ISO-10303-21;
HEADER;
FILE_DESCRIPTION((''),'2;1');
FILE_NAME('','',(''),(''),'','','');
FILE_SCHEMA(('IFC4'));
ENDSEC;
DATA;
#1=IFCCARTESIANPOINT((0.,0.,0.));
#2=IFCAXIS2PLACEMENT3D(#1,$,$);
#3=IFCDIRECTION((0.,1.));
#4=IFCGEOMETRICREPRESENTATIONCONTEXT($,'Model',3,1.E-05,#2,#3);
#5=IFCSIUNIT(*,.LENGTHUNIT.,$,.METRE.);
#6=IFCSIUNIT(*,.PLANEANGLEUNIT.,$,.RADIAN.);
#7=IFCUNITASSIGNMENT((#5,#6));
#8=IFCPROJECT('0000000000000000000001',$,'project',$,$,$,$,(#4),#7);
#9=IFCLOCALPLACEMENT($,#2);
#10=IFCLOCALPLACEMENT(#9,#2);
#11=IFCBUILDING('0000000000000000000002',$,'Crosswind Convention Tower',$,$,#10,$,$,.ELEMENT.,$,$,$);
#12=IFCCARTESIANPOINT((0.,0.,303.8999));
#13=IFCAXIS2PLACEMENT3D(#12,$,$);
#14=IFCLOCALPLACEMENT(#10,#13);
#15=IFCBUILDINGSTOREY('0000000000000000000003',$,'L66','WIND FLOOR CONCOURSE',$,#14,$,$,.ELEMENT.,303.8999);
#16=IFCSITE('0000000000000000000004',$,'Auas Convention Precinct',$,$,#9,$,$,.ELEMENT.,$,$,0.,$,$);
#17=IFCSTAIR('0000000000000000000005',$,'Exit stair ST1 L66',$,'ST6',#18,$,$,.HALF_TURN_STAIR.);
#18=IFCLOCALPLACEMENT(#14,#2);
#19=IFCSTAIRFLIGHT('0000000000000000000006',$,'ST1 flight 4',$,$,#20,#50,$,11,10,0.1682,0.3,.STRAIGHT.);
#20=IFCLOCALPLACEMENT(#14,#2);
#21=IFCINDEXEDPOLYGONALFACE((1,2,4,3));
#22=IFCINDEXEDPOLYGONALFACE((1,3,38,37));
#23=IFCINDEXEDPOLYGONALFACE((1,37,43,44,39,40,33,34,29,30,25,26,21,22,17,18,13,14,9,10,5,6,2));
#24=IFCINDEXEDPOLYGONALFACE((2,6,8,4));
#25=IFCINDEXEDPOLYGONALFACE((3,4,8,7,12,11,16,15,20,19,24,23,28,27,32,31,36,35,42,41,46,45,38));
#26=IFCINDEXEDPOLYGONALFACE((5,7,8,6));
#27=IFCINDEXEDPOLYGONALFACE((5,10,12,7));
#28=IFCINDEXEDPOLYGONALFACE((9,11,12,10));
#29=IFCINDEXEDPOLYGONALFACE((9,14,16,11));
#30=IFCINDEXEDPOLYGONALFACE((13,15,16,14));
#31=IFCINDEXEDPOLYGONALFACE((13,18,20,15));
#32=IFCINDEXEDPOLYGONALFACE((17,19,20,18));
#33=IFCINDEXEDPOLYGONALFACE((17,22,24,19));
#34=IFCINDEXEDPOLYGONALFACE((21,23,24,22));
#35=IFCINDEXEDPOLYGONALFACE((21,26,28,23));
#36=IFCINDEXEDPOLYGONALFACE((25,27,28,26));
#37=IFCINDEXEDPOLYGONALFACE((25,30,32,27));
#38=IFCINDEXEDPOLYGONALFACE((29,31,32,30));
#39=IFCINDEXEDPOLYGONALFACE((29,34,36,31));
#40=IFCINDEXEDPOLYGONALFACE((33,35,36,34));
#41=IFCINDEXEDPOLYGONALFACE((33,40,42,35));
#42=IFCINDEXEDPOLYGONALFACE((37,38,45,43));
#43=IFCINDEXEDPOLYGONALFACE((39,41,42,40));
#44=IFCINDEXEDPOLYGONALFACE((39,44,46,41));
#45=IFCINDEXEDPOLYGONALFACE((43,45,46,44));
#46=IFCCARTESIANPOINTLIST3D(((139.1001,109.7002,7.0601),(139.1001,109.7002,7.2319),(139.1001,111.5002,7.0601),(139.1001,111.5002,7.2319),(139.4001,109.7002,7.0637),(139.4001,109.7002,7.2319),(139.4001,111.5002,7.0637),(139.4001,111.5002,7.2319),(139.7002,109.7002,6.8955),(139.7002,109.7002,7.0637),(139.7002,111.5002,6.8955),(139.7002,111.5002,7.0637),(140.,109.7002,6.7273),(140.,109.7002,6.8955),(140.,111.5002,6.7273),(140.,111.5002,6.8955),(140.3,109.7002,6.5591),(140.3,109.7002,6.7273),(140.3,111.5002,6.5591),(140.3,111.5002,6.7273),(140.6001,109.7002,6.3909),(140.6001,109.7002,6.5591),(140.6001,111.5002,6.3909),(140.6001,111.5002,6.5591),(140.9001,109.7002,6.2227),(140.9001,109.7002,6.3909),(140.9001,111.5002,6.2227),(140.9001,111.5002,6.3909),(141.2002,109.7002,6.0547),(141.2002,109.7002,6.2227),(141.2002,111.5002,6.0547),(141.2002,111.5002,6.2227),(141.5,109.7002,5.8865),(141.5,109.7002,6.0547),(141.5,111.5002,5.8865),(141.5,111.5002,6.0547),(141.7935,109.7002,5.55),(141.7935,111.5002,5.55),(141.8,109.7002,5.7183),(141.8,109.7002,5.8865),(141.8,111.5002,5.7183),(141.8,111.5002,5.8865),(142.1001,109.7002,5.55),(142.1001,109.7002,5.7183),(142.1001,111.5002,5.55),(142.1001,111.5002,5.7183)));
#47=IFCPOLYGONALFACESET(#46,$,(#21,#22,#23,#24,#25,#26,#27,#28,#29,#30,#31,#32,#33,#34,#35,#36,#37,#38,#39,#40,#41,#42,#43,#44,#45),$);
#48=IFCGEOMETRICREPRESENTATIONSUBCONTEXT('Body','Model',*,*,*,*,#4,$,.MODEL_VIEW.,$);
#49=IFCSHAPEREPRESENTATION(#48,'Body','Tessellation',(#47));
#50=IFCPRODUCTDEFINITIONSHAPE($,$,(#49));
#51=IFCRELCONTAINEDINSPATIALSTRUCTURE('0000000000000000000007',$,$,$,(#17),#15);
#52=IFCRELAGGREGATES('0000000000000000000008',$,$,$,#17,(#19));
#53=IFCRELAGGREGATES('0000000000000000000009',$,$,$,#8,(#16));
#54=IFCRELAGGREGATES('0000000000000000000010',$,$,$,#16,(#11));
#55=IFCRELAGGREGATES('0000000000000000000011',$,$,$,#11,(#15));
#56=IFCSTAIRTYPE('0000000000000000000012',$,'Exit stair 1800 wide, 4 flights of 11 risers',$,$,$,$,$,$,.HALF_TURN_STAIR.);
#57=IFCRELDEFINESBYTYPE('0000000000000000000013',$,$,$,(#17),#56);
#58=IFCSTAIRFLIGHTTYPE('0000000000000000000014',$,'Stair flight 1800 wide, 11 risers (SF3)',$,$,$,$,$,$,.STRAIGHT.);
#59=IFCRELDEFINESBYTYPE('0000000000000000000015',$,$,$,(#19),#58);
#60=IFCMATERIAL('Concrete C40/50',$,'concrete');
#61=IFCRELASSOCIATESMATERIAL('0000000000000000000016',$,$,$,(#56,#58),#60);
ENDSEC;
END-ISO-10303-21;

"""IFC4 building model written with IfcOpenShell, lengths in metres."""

from ifc_helpers import new_model, si_unit, direction, frame, origin, place, context, subcontext, project, spatial, polyline, outline, extrude, material, type_object, element, aggregate, save


model = new_model("IFC4")

# Units and contexts
model_context = context("Model", 3, precision=1e-05, world=origin(), true_north=direction((0.0, 1.0)))
body_context = subcontext(model_context, "Body", "Model", "MODEL_VIEW")
ifc_project = project(units=[si_unit("LENGTHUNIT", "METRE"), si_unit("PLANEANGLEUNIT", "RADIAN")], contexts=[model_context])

# Site, building, storey
site_placement = place(None, origin())
site = spatial("IfcSite", under=ifc_project, at=site_placement, Name="Auas Convention Precinct", CompositionType="ELEMENT", RefElevation=0.0)
building_placement = place(site_placement, origin())
building = spatial("IfcBuilding", under=site, at=building_placement, Name="Crosswind Convention Tower", CompositionType="ELEMENT")
storey_placement = place(building_placement, frame((0.0, 0.0, 303.8999)))
storey = spatial("IfcBuildingStorey", under=building, at=storey_placement, Name="L66", Description="WIND FLOOR CONCOURSE", CompositionType="ELEMENT", Elevation=303.8999)

# Stair, stair flight
ifc_material_1 = material(Name="Concrete C40/50", Category="concrete")
stair_type = type_object("IfcStairType", Name="Exit stair 1800 wide, 4 flights of 11 risers", PredefinedType="HALF_TURN_STAIR", material=ifc_material_1)
stair_placement = place(storey_placement, origin())
stair = element("IfcStair", 1, at=stair_placement, inside=storey, type_object=stair_type, Name="Exit stair ST1 L66", ObjectType="ST6", PredefinedType="HALF_TURN_STAIR")
stair_flight_type = type_object("IfcStairFlightType", Name="Stair flight 1800 wide, 11 risers (SF3)", PredefinedType="STRAIGHT", material=ifc_material_1)
stair_flight_1_placement = place(storey_placement, frame((142.1001, 110.6001, 5.55), z_axis=(0.0, 0.0, 1.0), x_axis=(-1.0, 0.0, 0.0)))
stair_flight_1 = element("IfcStairFlight", 2, at=stair_flight_1_placement, type_object=stair_flight_type, Name="ST1 flight 4", NumberOfRisers=11, NumberOfTreads=10, PredefinedType="STRAIGHT", RiserHeight=0.1682, TreadLength=0.3, context=body_context, shape_type="SweptSolid", body=[
    extrude(outline(polyline([(0.0, 0.0), (0.0, 0.1682), (0.3, 0.1682), (0.3, 0.3364), (0.6001, 0.3364), (0.6001, 0.5046), (0.8999, 0.5046), (0.8999, 0.6726), (1.2, 0.6726), (1.2, 0.8408), (1.5, 0.8408), (1.5, 1.009), (1.8, 1.009), (1.8, 1.1772), (2.1001, 1.1772), (2.1001, 1.3455), (2.3999, 1.3455), (2.3999, 1.5137), (2.7, 1.5137), (2.7, 1.6819), (3.0, 1.6819), (3.0, 1.8501), (3.0, 1.51), (0.3066, 0.0), (0.0, 0.0)])), frame((0.0, 0.8999, 0.0), z_axis=(0.0, -1.0, 0.0), x_axis=(1.0, 0.0, 0.0)), (0.0, 0.0, 1.0), 1.8),
])
aggregate(stair, [stair_flight_1])

save(model, "model.ifc")
